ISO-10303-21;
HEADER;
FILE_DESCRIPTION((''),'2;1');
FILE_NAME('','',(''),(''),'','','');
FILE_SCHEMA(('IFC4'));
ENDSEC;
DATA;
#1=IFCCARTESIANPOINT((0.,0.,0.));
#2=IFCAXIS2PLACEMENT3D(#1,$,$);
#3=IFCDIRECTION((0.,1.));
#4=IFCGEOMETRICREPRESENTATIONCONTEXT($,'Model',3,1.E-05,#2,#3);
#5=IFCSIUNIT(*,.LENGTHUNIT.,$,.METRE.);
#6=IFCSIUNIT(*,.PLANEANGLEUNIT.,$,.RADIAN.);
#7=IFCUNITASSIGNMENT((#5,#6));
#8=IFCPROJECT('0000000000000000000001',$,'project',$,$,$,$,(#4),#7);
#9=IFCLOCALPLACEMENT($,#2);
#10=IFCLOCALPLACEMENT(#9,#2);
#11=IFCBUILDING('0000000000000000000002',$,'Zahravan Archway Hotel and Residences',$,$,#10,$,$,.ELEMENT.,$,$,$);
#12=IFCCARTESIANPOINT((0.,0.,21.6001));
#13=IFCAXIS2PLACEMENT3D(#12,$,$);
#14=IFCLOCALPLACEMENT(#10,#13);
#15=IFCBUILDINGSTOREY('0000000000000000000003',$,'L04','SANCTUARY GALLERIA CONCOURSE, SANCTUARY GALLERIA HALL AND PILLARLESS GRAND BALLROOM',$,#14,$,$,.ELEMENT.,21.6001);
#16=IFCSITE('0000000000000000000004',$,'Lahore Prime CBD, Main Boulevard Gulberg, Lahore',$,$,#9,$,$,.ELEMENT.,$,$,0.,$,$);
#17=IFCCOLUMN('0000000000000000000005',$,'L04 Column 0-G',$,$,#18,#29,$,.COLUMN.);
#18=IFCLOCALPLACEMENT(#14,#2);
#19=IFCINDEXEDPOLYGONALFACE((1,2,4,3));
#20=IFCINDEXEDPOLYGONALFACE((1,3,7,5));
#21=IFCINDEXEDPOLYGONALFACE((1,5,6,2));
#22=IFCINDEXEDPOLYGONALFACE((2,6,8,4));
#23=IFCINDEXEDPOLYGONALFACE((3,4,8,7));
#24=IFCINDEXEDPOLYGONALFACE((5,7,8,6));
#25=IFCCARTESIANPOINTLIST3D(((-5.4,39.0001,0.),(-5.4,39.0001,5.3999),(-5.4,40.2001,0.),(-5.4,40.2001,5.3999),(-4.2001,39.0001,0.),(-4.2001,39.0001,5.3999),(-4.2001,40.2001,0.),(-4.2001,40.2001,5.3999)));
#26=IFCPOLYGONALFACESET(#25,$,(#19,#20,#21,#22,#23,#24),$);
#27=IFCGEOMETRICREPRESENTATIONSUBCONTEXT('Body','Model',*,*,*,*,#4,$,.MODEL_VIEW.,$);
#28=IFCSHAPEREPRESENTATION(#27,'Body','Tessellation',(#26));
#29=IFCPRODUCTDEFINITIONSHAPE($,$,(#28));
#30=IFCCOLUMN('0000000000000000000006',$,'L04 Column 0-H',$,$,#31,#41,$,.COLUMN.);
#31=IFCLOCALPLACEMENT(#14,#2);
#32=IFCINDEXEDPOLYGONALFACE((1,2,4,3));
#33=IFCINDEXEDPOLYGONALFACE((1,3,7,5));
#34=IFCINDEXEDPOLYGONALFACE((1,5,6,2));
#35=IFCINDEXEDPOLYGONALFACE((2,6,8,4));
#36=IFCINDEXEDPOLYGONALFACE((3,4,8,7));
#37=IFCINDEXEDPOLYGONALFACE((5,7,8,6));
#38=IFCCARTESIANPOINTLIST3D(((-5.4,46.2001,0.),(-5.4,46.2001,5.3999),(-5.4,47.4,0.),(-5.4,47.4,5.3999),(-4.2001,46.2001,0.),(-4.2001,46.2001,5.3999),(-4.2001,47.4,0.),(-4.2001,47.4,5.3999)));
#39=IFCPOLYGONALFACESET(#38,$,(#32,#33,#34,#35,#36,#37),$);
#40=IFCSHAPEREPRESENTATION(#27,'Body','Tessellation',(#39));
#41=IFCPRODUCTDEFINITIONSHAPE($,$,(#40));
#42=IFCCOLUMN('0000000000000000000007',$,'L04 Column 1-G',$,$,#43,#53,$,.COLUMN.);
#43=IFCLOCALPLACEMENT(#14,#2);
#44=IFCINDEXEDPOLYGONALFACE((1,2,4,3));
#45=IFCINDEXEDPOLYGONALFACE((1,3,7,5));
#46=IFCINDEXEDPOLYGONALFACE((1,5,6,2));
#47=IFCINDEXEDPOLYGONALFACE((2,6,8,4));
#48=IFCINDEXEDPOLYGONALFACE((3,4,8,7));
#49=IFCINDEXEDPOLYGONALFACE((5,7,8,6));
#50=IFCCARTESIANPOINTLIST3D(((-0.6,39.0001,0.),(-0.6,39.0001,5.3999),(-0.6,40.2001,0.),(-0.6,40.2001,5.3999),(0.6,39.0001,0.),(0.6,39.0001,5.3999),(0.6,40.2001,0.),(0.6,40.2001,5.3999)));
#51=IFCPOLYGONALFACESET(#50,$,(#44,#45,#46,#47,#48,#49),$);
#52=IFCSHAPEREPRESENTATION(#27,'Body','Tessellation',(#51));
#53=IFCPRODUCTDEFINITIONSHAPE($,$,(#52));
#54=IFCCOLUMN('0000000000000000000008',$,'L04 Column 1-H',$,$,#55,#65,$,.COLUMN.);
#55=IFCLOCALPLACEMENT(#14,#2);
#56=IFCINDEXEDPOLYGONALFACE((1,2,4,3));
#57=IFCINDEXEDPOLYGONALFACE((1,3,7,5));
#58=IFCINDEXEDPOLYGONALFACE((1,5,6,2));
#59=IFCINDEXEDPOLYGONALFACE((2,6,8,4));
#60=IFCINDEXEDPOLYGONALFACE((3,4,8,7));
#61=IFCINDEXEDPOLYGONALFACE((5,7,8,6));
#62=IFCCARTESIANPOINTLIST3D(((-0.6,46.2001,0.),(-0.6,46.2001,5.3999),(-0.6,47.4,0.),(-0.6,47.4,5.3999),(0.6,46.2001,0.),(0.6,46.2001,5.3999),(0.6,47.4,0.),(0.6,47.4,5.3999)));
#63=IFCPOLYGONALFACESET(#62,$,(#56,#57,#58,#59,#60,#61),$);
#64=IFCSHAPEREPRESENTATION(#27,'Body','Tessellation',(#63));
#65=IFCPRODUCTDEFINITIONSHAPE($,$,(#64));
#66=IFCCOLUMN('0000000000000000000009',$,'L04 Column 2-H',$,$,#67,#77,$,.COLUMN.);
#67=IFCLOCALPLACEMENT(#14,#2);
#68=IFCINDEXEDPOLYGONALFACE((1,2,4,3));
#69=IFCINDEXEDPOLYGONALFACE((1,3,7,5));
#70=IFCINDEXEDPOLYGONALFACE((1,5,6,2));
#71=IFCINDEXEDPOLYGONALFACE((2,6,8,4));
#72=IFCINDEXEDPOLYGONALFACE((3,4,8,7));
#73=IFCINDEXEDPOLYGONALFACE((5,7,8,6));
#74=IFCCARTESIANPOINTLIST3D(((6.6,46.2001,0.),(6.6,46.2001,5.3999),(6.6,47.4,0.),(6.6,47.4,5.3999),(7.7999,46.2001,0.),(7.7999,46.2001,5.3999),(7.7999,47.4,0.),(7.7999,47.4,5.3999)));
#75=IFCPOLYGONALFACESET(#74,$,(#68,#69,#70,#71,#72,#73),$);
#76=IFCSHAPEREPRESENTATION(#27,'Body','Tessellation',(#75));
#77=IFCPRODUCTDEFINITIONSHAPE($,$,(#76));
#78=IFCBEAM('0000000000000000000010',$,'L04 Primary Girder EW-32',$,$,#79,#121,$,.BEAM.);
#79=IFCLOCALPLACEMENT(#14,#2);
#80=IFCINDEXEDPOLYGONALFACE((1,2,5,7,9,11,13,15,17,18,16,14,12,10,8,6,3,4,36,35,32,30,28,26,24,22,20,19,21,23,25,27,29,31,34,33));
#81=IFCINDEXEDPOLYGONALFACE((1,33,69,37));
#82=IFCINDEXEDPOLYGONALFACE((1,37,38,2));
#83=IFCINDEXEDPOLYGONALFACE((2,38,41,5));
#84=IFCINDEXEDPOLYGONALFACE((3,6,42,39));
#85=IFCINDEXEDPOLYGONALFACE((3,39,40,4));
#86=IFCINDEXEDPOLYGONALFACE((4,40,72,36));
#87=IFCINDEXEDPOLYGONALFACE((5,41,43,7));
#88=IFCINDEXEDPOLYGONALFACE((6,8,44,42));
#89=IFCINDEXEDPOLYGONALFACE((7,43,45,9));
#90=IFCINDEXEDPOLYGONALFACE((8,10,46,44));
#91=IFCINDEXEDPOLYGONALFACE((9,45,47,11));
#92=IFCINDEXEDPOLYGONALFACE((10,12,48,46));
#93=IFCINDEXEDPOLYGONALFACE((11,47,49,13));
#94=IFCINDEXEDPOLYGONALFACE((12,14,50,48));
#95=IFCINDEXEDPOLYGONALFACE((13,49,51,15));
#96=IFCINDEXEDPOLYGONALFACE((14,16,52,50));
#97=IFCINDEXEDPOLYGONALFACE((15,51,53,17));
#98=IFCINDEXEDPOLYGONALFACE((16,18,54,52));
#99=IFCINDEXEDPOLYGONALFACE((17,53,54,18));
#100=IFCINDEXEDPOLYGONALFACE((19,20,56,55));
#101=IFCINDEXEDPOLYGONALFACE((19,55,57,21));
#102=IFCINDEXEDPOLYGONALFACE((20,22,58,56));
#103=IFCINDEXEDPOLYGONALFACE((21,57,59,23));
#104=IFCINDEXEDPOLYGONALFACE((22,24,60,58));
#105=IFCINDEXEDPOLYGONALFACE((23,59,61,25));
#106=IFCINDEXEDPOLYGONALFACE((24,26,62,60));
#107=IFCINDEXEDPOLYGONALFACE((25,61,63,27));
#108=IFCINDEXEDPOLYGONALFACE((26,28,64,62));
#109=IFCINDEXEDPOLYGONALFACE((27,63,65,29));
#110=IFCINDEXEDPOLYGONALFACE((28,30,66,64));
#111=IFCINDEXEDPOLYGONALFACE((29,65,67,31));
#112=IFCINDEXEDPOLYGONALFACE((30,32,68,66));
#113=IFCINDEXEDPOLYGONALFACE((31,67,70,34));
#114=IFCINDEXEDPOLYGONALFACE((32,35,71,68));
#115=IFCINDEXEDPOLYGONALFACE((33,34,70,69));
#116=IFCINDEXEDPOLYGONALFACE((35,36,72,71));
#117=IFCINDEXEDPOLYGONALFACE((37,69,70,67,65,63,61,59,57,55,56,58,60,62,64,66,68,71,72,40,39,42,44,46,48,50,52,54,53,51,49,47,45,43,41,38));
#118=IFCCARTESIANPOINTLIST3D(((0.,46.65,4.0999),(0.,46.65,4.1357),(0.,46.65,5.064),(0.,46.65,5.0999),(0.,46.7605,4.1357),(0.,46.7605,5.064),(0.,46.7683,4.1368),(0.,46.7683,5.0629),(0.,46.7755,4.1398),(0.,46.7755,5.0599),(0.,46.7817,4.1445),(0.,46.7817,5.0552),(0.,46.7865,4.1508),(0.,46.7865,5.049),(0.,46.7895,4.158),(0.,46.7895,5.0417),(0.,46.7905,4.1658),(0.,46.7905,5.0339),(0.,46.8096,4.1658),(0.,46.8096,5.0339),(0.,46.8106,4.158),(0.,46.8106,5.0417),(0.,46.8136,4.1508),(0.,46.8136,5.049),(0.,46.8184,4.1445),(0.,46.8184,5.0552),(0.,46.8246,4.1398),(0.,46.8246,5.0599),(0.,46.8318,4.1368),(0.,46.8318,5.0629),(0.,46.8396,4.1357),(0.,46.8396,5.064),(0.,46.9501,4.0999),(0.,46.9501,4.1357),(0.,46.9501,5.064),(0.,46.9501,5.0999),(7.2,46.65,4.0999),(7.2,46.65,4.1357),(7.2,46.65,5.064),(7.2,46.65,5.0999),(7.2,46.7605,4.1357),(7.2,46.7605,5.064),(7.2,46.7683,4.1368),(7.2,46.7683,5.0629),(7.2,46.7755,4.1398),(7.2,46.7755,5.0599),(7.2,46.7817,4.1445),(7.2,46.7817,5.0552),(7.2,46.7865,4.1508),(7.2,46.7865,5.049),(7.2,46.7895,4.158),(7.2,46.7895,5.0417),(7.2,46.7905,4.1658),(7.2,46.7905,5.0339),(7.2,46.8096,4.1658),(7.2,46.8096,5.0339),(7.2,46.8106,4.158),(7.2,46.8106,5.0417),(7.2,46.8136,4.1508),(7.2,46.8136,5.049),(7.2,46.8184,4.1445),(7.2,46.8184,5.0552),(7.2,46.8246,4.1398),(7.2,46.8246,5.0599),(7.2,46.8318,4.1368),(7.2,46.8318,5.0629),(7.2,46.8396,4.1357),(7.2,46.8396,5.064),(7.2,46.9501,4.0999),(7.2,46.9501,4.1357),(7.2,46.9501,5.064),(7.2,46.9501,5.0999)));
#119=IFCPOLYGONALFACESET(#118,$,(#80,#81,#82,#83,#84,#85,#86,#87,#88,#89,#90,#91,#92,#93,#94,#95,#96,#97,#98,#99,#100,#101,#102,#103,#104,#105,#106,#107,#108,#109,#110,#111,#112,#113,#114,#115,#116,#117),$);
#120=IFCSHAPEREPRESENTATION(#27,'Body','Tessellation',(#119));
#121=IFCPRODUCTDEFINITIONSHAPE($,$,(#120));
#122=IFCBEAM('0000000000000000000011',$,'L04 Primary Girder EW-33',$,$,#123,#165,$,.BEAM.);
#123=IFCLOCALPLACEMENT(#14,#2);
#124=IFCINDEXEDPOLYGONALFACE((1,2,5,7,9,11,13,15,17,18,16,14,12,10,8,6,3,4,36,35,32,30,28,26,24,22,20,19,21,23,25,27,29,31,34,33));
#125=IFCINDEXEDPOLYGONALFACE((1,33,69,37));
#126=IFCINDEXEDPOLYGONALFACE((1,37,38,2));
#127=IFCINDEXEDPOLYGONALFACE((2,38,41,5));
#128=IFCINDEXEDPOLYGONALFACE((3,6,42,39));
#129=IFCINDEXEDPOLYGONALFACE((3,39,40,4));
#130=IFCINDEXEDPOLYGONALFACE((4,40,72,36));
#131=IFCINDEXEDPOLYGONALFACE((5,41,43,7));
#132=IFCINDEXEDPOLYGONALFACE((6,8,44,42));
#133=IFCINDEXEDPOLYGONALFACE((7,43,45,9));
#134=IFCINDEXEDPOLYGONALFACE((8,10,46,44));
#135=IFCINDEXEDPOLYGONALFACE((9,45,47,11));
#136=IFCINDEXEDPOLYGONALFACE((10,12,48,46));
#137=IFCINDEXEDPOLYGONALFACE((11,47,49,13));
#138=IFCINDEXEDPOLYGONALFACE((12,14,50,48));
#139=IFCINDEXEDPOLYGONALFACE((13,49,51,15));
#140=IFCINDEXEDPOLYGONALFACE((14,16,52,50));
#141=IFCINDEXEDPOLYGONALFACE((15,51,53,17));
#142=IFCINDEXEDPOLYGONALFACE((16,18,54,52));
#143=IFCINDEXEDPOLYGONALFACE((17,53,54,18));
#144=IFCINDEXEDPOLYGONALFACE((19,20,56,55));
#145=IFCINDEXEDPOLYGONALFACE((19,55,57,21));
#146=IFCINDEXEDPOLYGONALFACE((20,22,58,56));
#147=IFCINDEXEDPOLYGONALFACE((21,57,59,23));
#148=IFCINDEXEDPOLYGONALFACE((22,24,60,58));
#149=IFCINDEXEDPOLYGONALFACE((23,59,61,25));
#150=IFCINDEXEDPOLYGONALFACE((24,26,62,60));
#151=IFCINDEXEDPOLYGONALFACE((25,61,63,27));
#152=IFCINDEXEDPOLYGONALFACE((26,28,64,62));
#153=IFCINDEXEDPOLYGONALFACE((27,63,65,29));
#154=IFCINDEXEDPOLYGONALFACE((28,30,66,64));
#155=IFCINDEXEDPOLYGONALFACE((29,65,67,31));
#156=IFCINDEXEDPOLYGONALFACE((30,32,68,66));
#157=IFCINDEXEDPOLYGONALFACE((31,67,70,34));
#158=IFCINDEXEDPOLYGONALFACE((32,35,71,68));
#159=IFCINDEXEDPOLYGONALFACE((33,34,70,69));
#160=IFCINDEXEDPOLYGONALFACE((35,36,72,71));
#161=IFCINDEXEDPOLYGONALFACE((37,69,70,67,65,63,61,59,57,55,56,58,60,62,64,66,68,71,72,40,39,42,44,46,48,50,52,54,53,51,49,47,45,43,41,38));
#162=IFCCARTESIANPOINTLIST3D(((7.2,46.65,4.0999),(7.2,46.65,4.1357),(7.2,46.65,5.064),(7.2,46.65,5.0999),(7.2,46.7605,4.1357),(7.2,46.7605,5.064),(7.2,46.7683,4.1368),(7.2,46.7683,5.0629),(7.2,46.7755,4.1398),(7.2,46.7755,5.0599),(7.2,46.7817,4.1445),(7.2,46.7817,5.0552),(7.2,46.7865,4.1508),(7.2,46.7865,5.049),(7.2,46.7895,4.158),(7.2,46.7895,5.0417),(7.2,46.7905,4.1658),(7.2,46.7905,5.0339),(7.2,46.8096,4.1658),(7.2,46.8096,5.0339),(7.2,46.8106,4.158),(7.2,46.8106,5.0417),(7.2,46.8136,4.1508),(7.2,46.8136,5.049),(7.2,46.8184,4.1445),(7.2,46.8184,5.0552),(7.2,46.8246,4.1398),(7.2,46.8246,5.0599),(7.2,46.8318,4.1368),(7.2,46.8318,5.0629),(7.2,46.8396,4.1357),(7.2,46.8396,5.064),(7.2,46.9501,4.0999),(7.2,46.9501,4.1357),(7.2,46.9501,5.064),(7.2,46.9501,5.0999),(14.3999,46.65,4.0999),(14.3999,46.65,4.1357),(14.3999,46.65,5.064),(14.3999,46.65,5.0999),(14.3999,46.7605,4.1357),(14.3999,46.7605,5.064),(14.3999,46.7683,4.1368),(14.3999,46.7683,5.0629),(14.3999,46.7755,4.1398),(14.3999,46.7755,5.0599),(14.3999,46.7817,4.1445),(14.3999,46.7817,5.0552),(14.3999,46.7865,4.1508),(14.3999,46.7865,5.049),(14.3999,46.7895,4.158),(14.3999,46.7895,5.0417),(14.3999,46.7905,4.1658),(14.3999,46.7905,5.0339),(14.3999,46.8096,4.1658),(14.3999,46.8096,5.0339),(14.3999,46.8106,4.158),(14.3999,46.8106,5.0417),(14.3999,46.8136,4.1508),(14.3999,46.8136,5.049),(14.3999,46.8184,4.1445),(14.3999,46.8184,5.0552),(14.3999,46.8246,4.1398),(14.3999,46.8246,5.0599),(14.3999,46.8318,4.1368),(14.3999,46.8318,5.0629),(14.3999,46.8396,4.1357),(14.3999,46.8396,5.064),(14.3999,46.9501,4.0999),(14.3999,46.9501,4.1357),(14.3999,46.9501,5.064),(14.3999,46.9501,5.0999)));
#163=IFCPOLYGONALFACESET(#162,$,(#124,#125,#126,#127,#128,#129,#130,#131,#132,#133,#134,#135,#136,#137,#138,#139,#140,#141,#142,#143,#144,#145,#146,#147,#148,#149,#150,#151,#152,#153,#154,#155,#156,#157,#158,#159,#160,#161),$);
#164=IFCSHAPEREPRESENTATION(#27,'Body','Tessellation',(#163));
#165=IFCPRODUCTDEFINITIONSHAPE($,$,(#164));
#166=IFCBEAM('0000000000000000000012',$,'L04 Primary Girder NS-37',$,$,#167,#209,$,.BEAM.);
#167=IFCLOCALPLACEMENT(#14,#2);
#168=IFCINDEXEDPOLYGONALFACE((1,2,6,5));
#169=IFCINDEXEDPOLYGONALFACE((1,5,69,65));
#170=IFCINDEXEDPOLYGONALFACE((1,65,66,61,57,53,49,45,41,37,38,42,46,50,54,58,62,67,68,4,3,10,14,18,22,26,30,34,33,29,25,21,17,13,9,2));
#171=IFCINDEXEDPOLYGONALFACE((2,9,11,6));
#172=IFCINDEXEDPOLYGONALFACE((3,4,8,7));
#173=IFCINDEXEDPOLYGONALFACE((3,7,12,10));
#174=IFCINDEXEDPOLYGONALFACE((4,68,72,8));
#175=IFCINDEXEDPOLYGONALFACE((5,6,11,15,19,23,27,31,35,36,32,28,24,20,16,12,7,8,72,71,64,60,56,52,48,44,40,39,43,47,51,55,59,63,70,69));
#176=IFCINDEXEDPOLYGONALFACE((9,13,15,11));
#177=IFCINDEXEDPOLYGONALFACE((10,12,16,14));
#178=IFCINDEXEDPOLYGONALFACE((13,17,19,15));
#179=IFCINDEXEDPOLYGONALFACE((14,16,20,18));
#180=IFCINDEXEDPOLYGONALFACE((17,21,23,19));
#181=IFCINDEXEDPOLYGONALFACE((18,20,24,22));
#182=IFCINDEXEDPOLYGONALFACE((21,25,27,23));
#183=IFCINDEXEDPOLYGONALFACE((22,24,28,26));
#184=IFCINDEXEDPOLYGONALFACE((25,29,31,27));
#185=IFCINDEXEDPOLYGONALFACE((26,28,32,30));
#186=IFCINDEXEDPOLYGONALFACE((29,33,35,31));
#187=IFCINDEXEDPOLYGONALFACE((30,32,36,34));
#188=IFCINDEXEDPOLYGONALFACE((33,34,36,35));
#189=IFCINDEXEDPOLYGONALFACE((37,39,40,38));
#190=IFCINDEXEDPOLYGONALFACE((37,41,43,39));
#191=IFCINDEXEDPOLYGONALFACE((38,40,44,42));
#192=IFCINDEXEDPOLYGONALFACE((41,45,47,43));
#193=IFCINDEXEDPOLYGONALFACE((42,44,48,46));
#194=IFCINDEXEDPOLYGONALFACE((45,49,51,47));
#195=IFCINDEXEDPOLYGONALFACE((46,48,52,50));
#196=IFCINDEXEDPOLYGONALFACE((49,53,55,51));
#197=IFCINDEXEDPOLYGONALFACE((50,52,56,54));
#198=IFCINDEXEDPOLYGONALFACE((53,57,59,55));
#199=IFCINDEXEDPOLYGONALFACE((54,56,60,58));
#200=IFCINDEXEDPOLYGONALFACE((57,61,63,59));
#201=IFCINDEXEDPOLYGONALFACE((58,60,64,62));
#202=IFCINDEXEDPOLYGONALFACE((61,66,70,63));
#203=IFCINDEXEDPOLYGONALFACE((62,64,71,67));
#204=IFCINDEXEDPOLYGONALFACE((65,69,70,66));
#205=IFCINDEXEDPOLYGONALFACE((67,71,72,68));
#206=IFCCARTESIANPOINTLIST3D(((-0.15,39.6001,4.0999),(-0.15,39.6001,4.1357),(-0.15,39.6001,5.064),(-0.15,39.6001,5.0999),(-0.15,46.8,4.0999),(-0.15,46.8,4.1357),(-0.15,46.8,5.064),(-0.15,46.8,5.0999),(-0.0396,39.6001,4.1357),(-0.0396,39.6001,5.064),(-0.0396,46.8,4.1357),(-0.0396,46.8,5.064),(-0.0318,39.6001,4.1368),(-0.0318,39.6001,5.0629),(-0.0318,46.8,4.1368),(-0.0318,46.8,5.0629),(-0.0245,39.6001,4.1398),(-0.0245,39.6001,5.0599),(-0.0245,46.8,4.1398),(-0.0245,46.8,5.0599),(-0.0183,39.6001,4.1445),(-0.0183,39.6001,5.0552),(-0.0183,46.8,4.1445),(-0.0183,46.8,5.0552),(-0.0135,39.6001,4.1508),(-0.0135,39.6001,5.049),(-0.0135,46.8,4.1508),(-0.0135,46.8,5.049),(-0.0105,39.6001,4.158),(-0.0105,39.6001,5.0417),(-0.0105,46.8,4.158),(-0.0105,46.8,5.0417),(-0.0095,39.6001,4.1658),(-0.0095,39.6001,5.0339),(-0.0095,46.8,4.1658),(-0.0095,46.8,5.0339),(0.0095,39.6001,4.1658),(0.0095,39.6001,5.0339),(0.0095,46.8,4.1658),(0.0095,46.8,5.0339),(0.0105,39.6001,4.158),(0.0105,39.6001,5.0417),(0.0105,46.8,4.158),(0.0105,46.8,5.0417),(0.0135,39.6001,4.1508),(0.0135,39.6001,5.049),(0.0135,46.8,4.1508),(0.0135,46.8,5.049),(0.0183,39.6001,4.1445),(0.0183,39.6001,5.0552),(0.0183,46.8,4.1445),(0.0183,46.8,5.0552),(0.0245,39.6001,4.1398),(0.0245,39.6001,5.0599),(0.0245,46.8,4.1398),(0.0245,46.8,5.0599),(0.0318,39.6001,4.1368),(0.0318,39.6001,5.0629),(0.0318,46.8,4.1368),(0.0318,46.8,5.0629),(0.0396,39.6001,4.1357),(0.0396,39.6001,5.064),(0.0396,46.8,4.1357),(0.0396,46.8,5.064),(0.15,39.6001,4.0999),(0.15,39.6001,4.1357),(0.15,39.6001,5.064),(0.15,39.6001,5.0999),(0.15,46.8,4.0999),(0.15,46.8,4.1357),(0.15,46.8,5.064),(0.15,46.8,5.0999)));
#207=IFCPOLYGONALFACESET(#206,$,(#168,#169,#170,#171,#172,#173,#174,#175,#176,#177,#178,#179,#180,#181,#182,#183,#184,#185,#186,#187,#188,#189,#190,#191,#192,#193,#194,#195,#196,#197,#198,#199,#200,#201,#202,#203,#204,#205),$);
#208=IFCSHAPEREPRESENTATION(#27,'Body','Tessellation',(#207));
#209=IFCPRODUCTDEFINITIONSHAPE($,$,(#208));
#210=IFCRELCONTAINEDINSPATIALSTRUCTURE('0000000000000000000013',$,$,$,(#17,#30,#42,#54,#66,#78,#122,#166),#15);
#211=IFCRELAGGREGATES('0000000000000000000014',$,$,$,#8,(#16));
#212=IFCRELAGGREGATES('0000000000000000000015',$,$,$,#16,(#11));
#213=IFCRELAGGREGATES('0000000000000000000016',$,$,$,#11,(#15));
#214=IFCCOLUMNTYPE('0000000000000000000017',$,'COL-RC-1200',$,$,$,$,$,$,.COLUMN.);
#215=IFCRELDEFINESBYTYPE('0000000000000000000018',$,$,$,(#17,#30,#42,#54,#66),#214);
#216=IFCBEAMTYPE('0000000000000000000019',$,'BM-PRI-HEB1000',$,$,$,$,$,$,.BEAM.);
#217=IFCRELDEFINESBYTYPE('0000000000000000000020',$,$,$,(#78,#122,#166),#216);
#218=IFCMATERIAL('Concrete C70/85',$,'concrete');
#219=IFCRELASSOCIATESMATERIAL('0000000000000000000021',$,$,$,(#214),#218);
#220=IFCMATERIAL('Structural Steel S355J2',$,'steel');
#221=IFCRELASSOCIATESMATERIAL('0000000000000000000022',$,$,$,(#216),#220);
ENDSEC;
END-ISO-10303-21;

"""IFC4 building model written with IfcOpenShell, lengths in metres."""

from ifc_helpers import new_model, si_unit, direction, frame, origin, origin_2d, place, context, subcontext, project, spatial, rectangle, i_section, extrude, source, transform, mapped, material, material_profile, profile_set, type_object, element, save


model = new_model("IFC4")

# Units and contexts
model_context = context("Model", 3, precision=1e-05, world=origin(), true_north=direction((0.0, 1.0)))
body_context = subcontext(model_context, "Body", "Model", "MODEL_VIEW")
ifc_project = project(units=[si_unit("LENGTHUNIT", "METRE"), si_unit("PLANEANGLEUNIT", "RADIAN")], contexts=[model_context])

# Site, building, storey
site_placement = place(None, origin())
site = spatial("IfcSite", under=ifc_project, at=site_placement, Name="Lahore Prime CBD, Main Boulevard Gulberg, Lahore", CompositionType="ELEMENT", RefElevation=0.0)
building_placement = place(site_placement, origin())
building = spatial("IfcBuilding", under=site, at=building_placement, Name="Zahravan Archway Hotel and Residences", CompositionType="ELEMENT")
storey_placement = place(building_placement, frame((0.0, 0.0, 21.6001)))
storey = spatial("IfcBuildingStorey", under=building, at=storey_placement, Name="L04", Description="SANCTUARY GALLERIA CONCOURSE, SANCTUARY GALLERIA HALL AND PILLARLESS GRAND BALLROOM", CompositionType="ELEMENT", Elevation=21.6001)

# Columns
ifc_material_1 = material(Name="Concrete C70/85", Category="concrete")
ifc_material_profile_1 = material_profile(ifc_material_1, rectangle(XDim=1.2, YDim=1.2, at=origin_2d()), Name="RC-COL-1200x1200", Category="concrete")
ifc_profile_set_1 = profile_set([ifc_material_profile_1], Name="Concrete C70/85")
column_type = type_object("IfcColumnType", Name="COL-RC-1200", PredefinedType="COLUMN", material=ifc_profile_set_1)
shared_shape_1 = source(origin(), body_context, "Body", "SweptSolid", [
    extrude(rectangle(XDim=1.2, YDim=1.2, at=origin_2d()), origin(), (0.0, 0.0, 1.0), 5.3999),
])
for number, where, z_axis, x_axis, name in (
    (1, (-4.8, 39.6001, 0.0), (0.0, 0.0, 1.0), (1.0, 0.0, 0.0), "L04 Column 0-G"),
    (2, (-4.8, 46.8, 0.0), (0.0, 0.0, 1.0), (1.0, 0.0, 0.0), "L04 Column 0-H"),
    (3, (0.0, 39.6001, 0.0), (0.0, 0.0, 1.0), (1.0, 0.0, 0.0), "L04 Column 1-G"),
    (4, (0.0, 46.8, 0.0), (0.0, 0.0, 1.0), (1.0, 0.0, 0.0), "L04 Column 1-H"),
    (5, (7.2, 46.8, 0.0), (0.0, 0.0, 1.0), (1.0, 0.0, 0.0), "L04 Column 2-H"),
):
    element("IfcColumn", number, at=place(storey_placement, frame(where, z_axis=z_axis, x_axis=x_axis)), inside=storey, type_object=column_type, Name=name, PredefinedType="COLUMN", context=body_context, shape_type="MappedRepresentation", body=[
        mapped(shared_shape_1, transform((0.0, 0.0, 0.0), scale=1.0)),
    ])

# Beams
ifc_material_2 = material(Name="Structural Steel S355J2", Category="steel")
ifc_material_profile_2 = material_profile(ifc_material_2, i_section(OverallWidth=0.3, OverallDepth=1.0, WebThickness=0.019, FlangeThickness=0.0359, FilletRadius=0.03, at=origin_2d()), Name="HEB 1000", Category="steel")
ifc_profile_set_2 = profile_set([ifc_material_profile_2], Name="Structural Steel S355J2")
beam_type = type_object("IfcBeamType", Name="BM-PRI-HEB1000", PredefinedType="BEAM", material=ifc_profile_set_2)
shared_shape_2 = source(origin(), body_context, "Body", "SweptSolid", [
    extrude(i_section(OverallWidth=0.3, OverallDepth=1.0, WebThickness=0.019, FlangeThickness=0.0359, FilletRadius=0.03, at=origin_2d()), origin(), (0.0, 0.0, 1.0), 7.2),
])
for number, where, z_axis, x_axis, name in (
    (6, (0.0, 46.8, 4.5999), (1.0, 0.0, 0.0), (0.0, 1.0, 0.0), "L04 Primary Girder EW-32"),
    (7, (7.2, 46.8, 4.5999), (1.0, 0.0, 0.0), (0.0, 1.0, 0.0), "L04 Primary Girder EW-33"),
    (8, (0.0, 39.6001, 4.5999), (0.0, 1.0, 0.0), (-1.0, 0.0, 0.0), "L04 Primary Girder NS-37"),
):
    element("IfcBeam", number, at=place(storey_placement, frame(where, z_axis=z_axis, x_axis=x_axis)), inside=storey, type_object=beam_type, Name=name, PredefinedType="BEAM", context=body_context, shape_type="MappedRepresentation", body=[
        mapped(shared_shape_2, transform((0.0, 0.0, 0.0), scale=1.0)),
    ])

save(model, "model.ifc")
